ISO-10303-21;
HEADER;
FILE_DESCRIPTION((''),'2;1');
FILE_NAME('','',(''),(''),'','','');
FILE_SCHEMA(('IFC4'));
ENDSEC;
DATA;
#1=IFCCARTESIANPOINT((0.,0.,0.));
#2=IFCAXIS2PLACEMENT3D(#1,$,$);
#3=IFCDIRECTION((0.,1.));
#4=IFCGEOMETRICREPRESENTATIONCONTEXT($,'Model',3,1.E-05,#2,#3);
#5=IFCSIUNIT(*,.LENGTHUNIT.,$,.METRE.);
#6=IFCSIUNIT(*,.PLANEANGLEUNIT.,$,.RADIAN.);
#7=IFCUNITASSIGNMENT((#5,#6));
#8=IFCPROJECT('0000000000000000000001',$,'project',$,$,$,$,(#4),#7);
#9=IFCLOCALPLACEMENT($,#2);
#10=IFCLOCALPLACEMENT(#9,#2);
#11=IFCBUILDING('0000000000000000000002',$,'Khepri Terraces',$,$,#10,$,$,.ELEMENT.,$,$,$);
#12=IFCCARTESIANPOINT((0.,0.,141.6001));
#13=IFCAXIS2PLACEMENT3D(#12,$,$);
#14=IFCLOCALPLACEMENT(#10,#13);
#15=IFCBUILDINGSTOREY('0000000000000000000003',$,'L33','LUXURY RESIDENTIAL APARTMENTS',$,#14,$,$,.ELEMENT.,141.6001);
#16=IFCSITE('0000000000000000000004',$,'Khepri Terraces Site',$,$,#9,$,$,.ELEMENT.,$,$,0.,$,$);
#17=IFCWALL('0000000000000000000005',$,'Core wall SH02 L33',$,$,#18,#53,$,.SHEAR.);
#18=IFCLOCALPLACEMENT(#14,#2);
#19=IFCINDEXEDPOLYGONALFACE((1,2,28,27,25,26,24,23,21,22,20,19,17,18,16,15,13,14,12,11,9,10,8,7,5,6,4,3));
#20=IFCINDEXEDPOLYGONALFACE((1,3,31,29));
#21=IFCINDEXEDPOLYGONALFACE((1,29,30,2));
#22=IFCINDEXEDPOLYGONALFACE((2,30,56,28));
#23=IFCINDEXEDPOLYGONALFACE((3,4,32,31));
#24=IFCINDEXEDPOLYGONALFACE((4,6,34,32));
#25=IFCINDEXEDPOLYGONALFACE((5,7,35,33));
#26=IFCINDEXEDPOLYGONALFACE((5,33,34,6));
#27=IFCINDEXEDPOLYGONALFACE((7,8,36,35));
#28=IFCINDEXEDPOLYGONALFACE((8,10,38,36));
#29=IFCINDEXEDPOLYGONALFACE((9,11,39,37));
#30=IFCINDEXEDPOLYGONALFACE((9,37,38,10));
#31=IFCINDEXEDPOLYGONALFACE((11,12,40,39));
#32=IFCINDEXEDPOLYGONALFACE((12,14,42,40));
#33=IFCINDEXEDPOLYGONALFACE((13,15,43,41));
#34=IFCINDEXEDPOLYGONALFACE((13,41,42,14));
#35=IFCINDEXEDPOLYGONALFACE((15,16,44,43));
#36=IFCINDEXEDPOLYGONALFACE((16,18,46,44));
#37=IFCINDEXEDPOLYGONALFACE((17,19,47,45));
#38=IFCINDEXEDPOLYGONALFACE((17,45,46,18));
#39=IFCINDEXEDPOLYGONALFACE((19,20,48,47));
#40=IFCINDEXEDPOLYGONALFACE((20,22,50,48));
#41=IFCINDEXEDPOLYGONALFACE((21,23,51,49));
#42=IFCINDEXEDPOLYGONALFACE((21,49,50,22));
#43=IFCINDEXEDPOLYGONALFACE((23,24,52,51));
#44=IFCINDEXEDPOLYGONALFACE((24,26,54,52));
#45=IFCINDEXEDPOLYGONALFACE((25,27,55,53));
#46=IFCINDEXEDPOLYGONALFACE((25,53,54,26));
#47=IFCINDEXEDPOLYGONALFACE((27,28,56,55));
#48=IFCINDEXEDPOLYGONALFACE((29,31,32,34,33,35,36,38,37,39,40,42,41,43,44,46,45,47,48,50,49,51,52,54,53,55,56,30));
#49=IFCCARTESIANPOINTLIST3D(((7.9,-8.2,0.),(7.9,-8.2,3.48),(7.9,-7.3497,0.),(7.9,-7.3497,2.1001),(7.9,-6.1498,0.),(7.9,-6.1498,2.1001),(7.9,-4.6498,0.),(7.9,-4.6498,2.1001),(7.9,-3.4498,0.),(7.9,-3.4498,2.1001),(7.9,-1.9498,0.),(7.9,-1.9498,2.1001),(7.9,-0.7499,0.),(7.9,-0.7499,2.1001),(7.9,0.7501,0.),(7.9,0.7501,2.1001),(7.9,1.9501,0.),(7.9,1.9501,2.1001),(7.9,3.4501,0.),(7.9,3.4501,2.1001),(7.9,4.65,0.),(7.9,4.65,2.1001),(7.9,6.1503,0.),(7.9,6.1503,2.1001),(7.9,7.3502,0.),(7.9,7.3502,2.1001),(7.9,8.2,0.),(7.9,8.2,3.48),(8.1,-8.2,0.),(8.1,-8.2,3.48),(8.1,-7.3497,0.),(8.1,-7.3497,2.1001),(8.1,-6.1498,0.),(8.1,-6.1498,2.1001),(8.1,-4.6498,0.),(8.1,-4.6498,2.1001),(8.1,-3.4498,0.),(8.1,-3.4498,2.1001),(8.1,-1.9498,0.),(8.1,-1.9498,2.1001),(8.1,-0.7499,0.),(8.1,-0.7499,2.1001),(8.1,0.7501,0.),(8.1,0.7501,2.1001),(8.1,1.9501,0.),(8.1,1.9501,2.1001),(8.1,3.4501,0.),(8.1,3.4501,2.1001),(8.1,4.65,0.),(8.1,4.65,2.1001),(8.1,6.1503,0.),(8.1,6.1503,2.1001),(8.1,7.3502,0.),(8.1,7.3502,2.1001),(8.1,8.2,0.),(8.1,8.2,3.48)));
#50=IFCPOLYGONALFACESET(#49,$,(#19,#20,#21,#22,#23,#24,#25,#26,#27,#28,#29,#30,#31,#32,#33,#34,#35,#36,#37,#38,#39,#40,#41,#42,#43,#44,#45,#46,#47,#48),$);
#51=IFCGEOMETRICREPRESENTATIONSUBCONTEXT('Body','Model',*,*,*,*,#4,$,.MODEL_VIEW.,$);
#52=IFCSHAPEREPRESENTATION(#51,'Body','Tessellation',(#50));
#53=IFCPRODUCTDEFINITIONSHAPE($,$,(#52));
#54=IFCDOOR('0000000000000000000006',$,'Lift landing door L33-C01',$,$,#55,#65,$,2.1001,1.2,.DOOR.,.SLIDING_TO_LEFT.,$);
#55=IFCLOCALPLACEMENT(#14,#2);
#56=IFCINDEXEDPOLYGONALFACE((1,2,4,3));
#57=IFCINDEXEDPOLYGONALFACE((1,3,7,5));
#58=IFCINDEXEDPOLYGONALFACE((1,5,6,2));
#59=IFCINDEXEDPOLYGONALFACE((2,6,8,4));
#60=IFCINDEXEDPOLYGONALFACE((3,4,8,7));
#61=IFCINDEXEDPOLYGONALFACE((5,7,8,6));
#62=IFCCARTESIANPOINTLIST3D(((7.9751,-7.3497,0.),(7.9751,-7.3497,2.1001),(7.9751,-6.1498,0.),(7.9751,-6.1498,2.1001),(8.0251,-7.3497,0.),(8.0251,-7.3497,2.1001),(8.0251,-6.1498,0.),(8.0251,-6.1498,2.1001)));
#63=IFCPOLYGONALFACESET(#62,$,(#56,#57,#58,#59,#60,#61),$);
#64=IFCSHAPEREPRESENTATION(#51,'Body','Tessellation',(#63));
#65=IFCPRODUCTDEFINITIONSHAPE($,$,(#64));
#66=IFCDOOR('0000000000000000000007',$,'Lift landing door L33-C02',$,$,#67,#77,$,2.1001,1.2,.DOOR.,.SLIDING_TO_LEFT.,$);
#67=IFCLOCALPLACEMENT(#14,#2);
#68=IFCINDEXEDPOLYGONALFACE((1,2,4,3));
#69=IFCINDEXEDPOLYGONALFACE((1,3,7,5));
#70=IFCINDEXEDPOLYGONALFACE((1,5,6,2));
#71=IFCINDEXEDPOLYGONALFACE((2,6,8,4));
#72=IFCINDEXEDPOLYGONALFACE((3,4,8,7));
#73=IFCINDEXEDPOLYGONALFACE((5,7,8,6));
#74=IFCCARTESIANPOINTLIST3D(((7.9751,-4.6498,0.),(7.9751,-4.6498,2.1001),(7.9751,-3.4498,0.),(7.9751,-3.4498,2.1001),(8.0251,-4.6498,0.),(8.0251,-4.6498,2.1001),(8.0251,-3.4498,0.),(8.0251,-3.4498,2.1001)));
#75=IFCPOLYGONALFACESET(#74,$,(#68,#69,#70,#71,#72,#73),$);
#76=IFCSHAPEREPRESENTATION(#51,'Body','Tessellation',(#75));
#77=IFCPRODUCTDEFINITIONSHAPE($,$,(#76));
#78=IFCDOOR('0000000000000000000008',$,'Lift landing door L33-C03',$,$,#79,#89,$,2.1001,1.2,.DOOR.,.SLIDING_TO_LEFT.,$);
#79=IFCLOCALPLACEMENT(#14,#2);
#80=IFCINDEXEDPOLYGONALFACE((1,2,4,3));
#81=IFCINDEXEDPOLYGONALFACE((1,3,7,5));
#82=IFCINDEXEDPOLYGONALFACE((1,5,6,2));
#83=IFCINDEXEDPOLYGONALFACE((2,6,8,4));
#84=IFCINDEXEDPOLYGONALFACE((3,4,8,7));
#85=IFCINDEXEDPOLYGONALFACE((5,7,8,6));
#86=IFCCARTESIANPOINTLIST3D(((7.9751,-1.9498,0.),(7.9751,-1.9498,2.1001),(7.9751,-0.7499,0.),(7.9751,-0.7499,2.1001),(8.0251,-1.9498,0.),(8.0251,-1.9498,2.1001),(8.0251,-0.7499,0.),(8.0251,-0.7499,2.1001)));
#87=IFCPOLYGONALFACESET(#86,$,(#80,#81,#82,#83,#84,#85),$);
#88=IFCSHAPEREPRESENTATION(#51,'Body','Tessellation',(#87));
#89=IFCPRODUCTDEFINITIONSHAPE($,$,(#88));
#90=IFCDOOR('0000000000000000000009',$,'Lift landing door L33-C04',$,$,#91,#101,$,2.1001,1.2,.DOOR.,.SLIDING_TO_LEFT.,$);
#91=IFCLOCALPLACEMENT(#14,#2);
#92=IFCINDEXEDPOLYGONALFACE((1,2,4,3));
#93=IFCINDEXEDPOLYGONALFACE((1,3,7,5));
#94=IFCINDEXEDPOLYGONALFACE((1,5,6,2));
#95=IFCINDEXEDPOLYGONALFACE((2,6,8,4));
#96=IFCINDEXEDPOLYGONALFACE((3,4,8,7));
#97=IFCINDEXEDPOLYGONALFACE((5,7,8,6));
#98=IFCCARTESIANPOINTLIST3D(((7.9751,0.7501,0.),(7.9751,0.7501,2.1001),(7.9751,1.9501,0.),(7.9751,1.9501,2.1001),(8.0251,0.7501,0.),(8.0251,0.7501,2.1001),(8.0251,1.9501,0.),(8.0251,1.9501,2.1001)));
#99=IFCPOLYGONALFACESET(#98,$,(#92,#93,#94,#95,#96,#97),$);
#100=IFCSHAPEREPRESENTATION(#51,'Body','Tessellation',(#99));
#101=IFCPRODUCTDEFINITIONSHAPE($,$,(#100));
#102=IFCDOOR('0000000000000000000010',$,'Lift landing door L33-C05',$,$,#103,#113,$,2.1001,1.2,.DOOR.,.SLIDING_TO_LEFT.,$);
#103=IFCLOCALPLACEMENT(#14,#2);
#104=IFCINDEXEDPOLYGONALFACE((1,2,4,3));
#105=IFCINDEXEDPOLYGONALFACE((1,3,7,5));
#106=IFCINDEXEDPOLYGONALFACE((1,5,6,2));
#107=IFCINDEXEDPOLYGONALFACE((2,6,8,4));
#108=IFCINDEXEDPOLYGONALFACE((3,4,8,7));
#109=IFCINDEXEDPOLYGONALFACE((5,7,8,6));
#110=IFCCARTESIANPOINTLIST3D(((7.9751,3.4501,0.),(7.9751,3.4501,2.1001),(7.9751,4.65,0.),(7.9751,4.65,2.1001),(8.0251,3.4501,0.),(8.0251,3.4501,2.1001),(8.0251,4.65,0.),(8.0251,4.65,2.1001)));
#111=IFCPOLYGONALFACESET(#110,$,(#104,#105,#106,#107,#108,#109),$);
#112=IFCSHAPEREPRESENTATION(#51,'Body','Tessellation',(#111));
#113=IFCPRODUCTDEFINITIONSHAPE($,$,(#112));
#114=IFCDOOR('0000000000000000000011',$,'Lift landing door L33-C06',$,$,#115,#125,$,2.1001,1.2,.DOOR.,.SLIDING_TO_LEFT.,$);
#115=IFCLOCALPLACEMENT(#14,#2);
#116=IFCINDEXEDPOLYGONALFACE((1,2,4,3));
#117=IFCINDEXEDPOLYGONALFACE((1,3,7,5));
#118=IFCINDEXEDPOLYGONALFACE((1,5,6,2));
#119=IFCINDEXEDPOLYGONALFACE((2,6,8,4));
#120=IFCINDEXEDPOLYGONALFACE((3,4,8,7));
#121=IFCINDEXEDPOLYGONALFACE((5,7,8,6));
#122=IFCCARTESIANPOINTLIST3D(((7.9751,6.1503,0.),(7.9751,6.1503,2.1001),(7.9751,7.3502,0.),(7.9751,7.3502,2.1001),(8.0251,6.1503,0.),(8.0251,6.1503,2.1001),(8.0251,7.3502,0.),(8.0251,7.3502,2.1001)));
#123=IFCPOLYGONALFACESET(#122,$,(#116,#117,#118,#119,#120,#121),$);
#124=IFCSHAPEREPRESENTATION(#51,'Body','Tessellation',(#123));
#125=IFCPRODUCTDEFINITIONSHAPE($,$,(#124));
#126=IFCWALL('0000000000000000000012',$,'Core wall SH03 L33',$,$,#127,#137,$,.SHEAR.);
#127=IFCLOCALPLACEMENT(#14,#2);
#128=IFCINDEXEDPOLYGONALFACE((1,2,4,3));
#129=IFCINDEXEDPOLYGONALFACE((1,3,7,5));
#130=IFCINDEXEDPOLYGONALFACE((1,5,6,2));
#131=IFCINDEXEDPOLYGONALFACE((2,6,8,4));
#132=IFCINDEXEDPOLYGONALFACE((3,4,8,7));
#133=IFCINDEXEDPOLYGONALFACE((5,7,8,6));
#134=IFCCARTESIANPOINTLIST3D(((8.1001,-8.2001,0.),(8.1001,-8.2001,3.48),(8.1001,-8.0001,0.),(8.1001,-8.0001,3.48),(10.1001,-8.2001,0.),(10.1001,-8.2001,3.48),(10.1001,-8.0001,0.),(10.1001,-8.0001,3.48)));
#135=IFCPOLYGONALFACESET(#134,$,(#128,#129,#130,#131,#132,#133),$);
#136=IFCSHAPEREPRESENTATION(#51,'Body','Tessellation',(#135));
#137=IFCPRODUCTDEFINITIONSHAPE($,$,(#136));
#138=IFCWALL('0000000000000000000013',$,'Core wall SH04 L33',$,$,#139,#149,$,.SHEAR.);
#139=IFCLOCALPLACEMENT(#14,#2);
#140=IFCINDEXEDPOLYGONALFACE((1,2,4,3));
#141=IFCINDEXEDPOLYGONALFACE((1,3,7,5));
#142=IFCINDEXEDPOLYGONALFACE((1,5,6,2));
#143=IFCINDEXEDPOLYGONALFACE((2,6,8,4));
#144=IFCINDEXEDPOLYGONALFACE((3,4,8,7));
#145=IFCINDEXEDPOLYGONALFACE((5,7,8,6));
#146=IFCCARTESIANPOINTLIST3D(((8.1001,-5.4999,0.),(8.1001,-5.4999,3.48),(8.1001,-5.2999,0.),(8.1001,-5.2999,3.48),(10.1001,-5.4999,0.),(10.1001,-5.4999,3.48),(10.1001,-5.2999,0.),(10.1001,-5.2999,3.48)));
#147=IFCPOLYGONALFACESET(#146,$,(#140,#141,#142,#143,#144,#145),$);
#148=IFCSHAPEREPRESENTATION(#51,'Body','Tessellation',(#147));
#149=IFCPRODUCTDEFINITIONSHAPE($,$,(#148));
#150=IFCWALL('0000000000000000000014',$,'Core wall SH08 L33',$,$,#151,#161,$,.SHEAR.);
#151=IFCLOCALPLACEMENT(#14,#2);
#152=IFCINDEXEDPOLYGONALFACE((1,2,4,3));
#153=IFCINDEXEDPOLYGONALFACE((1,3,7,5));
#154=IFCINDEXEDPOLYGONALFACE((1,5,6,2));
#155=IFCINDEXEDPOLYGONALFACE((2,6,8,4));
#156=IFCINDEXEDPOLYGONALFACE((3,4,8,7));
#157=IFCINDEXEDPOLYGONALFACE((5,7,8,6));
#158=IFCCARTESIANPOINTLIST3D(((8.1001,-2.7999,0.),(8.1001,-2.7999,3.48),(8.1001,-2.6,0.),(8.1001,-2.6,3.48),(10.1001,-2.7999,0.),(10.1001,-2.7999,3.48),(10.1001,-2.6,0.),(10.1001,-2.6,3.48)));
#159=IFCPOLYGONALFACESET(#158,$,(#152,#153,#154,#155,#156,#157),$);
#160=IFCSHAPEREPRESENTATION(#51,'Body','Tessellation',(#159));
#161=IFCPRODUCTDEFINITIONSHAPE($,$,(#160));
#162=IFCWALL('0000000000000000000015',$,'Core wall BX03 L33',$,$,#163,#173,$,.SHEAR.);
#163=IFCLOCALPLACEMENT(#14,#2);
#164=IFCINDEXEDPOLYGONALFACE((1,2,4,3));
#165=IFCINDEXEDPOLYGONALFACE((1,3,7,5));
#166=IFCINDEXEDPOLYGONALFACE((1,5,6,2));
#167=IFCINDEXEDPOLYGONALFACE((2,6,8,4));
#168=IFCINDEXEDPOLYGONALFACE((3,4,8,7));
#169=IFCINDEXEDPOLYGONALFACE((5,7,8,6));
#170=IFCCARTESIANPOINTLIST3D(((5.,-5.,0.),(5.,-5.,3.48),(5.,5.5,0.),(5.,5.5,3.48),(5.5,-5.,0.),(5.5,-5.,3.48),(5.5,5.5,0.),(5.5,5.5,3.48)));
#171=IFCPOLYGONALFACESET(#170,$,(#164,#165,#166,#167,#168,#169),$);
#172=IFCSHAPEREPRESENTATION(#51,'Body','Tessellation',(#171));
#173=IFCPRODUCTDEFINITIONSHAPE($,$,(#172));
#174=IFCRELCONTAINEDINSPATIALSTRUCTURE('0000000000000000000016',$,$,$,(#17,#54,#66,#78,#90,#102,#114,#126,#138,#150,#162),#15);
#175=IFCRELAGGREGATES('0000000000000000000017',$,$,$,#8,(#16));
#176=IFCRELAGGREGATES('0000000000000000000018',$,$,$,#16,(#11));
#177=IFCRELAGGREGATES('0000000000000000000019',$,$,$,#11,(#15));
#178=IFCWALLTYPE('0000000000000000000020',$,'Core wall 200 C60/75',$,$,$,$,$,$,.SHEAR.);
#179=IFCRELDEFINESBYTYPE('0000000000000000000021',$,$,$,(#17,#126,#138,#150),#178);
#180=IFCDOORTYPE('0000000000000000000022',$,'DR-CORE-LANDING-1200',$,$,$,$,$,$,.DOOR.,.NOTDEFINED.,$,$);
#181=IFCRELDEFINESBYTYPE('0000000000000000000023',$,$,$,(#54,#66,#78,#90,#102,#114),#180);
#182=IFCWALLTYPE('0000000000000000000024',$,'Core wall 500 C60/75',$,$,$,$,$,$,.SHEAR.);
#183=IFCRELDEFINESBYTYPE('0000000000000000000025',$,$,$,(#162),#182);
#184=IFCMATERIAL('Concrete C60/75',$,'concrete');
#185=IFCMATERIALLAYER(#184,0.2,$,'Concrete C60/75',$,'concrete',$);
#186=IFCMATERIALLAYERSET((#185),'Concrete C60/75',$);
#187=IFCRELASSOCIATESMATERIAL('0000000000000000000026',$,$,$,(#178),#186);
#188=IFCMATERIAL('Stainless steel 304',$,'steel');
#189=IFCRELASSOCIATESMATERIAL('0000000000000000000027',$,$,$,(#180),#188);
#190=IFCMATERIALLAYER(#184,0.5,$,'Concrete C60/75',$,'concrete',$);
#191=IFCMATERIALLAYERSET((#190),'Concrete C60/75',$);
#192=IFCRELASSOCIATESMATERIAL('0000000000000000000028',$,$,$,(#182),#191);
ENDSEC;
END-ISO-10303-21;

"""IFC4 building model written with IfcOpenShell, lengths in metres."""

from ifc_helpers import new_model, si_unit, direction, frame, frame_2d, origin, place, context, subcontext, project, spatial, rectangle, extrude, material, layer, layer_set, type_object, element, fill, save


model = new_model("IFC4")

# Units and contexts
model_context = context("Model", 3, precision=1e-05, world=origin(), true_north=direction((0.0, 1.0)))
body_context = subcontext(model_context, "Body", "Model", "MODEL_VIEW")
ifc_project = project(units=[si_unit("LENGTHUNIT", "METRE"), si_unit("PLANEANGLEUNIT", "RADIAN")], contexts=[model_context])

# Site, building, storey
site_placement = place(None, origin())
site = spatial("IfcSite", under=ifc_project, at=site_placement, Name="Khepri Terraces Site", CompositionType="ELEMENT", RefElevation=0.0)
building_placement = place(site_placement, origin())
building = spatial("IfcBuilding", under=site, at=building_placement, Name="Khepri Terraces", CompositionType="ELEMENT")
storey_placement = place(building_placement, frame((0.0, 0.0, 141.6001)))
storey = spatial("IfcBuildingStorey", under=building, at=storey_placement, Name="L33", Description="LUXURY RESIDENTIAL APARTMENTS", CompositionType="ELEMENT", Elevation=141.6001)

# Shared definitions
ifc_material_1 = material(Name="Concrete C60/75", Category="concrete")

# Shared definitions
ifc_layer_1 = layer(ifc_material_1, 0.2, Name="Concrete C60/75", Category="concrete")
ifc_layer_set_1 = layer_set([ifc_layer_1], Name="Concrete C60/75")
wall_type_1 = type_object("IfcWallType", Name="Core wall 200 C60/75", PredefinedType="SHEAR", material=ifc_layer_set_1)

# Wall, openings, doors
wall_1_placement = place(storey_placement, frame((8.0, -8.2, 0.0), z_axis=(0.0, 0.0, 1.0), x_axis=(0.0, 1.0, 0.0)))
wall_1 = element("IfcWall", 1, at=wall_1_placement, inside=storey, type_object=wall_type_1, Name="Core wall SH02 L33", PredefinedType="SHEAR", context=body_context, shape_type="SweptSolid", body=[
    extrude(rectangle(XDim=16.3999, YDim=0.2, at=frame_2d((8.2, 0.0))), origin(), (0.0, 0.0, 1.0), 3.48),
])
opening_1_placement = place(wall_1_placement, frame((0.8501, 0.0, 0.0)))
opening_1 = element("IfcOpeningElement", 2, at=opening_1_placement, cuts=wall_1, PredefinedType="OPENING", context=body_context, shape_type="SweptSolid", body=[
    extrude(rectangle(XDim=1.2, YDim=2.1001, at=frame_2d((0.6001, 1.05))), frame((0.0, 0.1099, 0.0), z_axis=(0.0, -1.0, 0.0), x_axis=(1.0, 0.0, 0.0)), (0.0, 0.0, 1.0), 0.22),
])
opening_2_placement = place(wall_1_placement, frame((3.55, 0.0, 0.0)))
opening_2 = element("IfcOpeningElement", 3, at=opening_2_placement, cuts=wall_1, PredefinedType="OPENING", context=body_context, shape_type="SweptSolid", body=[
    extrude(rectangle(XDim=1.2, YDim=2.1001, at=frame_2d((0.6001, 1.05))), frame((0.0, 0.1099, 0.0), z_axis=(0.0, -1.0, 0.0), x_axis=(1.0, 0.0, 0.0)), (0.0, 0.0, 1.0), 0.22),
])
opening_3_placement = place(wall_1_placement, frame((6.25, 0.0, 0.0)))
opening_3 = element("IfcOpeningElement", 4, at=opening_3_placement, cuts=wall_1, PredefinedType="OPENING", context=body_context, shape_type="SweptSolid", body=[
    extrude(rectangle(XDim=1.2, YDim=2.1001, at=frame_2d((0.6001, 1.05))), frame((0.0, 0.1099, 0.0), z_axis=(0.0, -1.0, 0.0), x_axis=(1.0, 0.0, 0.0)), (0.0, 0.0, 1.0), 0.22),
])
opening_4_placement = place(wall_1_placement, frame((8.95, 0.0, 0.0)))
opening_4 = element("IfcOpeningElement", 5, at=opening_4_placement, cuts=wall_1, PredefinedType="OPENING", context=body_context, shape_type="SweptSolid", body=[
    extrude(rectangle(XDim=1.2, YDim=2.1001, at=frame_2d((0.6001, 1.05))), frame((0.0, 0.1099, 0.0), z_axis=(0.0, -1.0, 0.0), x_axis=(1.0, 0.0, 0.0)), (0.0, 0.0, 1.0), 0.22),
])
opening_5_placement = place(wall_1_placement, frame((11.6499, 0.0, 0.0)))
opening_5 = element("IfcOpeningElement", 6, at=opening_5_placement, cuts=wall_1, PredefinedType="OPENING", context=body_context, shape_type="SweptSolid", body=[
    extrude(rectangle(XDim=1.2, YDim=2.1001, at=frame_2d((0.6001, 1.05))), frame((0.0, 0.1099, 0.0), z_axis=(0.0, -1.0, 0.0), x_axis=(1.0, 0.0, 0.0)), (0.0, 0.0, 1.0), 0.22),
])
opening_6_placement = place(wall_1_placement, frame((14.3501, 0.0, 0.0)))
opening_6 = element("IfcOpeningElement", 7, at=opening_6_placement, cuts=wall_1, PredefinedType="OPENING", context=body_context, shape_type="SweptSolid", body=[
    extrude(rectangle(XDim=1.2, YDim=2.1001, at=frame_2d((0.6001, 1.05))), frame((0.0, 0.1099, 0.0), z_axis=(0.0, -1.0, 0.0), x_axis=(1.0, 0.0, 0.0)), (0.0, 0.0, 1.0), 0.22),
])
ifc_material_2 = material(Name="Stainless steel 304", Category="steel")
door_type_1 = type_object("IfcDoorType", Name="DR-CORE-LANDING-1200", OperationType="NOTDEFINED", PredefinedType="DOOR", material=ifc_material_2)
door_1_placement = place(opening_1_placement, origin())
door_1 = element("IfcDoor", 8, at=door_1_placement, inside=storey, type_object=door_type_1, Name="Lift landing door L33-C01", OperationType="SLIDING_TO_LEFT", OverallHeight=2.1001, OverallWidth=1.2, PredefinedType="DOOR", context=body_context, shape_type="SweptSolid", body=[
    extrude(rectangle(XDim=1.2, YDim=2.1001, at=frame_2d((0.6001, 1.05))), frame((0.0, 0.0249, 0.0), z_axis=(0.0, -1.0, 0.0), x_axis=(1.0, 0.0, 0.0)), (0.0, 0.0, 1.0), 0.05),
])
fill(opening_1, door_1)
door_2_placement = place(opening_2_placement, origin())
door_2 = element("IfcDoor", 9, at=door_2_placement, inside=storey, type_object=door_type_1, Name="Lift landing door L33-C02", OperationType="SLIDING_TO_LEFT", OverallHeight=2.1001, OverallWidth=1.2, PredefinedType="DOOR", context=body_context, shape_type="SweptSolid", body=[
    extrude(rectangle(XDim=1.2, YDim=2.1001, at=frame_2d((0.6001, 1.05))), frame((0.0, 0.0249, 0.0), z_axis=(0.0, -1.0, 0.0), x_axis=(1.0, 0.0, 0.0)), (0.0, 0.0, 1.0), 0.05),
])
fill(opening_2, door_2)
door_3_placement = place(opening_3_placement, origin())
door_3 = element("IfcDoor", 10, at=door_3_placement, inside=storey, type_object=door_type_1, Name="Lift landing door L33-C03", OperationType="SLIDING_TO_LEFT", OverallHeight=2.1001, OverallWidth=1.2, PredefinedType="DOOR", context=body_context, shape_type="SweptSolid", body=[
    extrude(rectangle(XDim=1.2, YDim=2.1001, at=frame_2d((0.6001, 1.05))), frame((0.0, 0.0249, 0.0), z_axis=(0.0, -1.0, 0.0), x_axis=(1.0, 0.0, 0.0)), (0.0, 0.0, 1.0), 0.05),
])
fill(opening_3, door_3)
door_4_placement = place(opening_4_placement, origin())
door_4 = element("IfcDoor", 11, at=door_4_placement, inside=storey, type_object=door_type_1, Name="Lift landing door L33-C04", OperationType="SLIDING_TO_LEFT", OverallHeight=2.1001, OverallWidth=1.2, PredefinedType="DOOR", context=body_context, shape_type="SweptSolid", body=[
    extrude(rectangle(XDim=1.2, YDim=2.1001, at=frame_2d((0.6001, 1.05))), frame((0.0, 0.0249, 0.0), z_axis=(0.0, -1.0, 0.0), x_axis=(1.0, 0.0, 0.0)), (0.0, 0.0, 1.0), 0.05),
])
fill(opening_4, door_4)
door_5_placement = place(opening_5_placement, origin())
door_5 = element("IfcDoor", 12, at=door_5_placement, inside=storey, type_object=door_type_1, Name="Lift landing door L33-C05", OperationType="SLIDING_TO_LEFT", OverallHeight=2.1001, OverallWidth=1.2, PredefinedType="DOOR", context=body_context, shape_type="SweptSolid", body=[
    extrude(rectangle(XDim=1.2, YDim=2.1001, at=frame_2d((0.6001, 1.05))), frame((0.0, 0.0249, 0.0), z_axis=(0.0, -1.0, 0.0), x_axis=(1.0, 0.0, 0.0)), (0.0, 0.0, 1.0), 0.05),
])
fill(opening_5, door_5)
door_6_placement = place(opening_6_placement, origin())
door_6 = element("IfcDoor", 13, at=door_6_placement, inside=storey, type_object=door_type_1, Name="Lift landing door L33-C06", OperationType="SLIDING_TO_LEFT", OverallHeight=2.1001, OverallWidth=1.2, PredefinedType="DOOR", context=body_context, shape_type="SweptSolid", body=[
    extrude(rectangle(XDim=1.2, YDim=2.1001, at=frame_2d((0.6001, 1.05))), frame((0.0, 0.0249, 0.0), z_axis=(0.0, -1.0, 0.0), x_axis=(1.0, 0.0, 0.0)), (0.0, 0.0, 1.0), 0.05),
])
fill(opening_6, door_6)

# Walls
for number, where, z_axis, x_axis, name in (
    (14, (8.1001, -8.1001, 0.0), (0.0, 0.0, 1.0), (1.0, 0.0, 0.0), "Core wall SH03 L33"),
    (15, (8.1001, -5.3999, 0.0), (0.0, 0.0, 1.0), (1.0, 0.0, 0.0), "Core wall SH04 L33"),
    (16, (8.1001, -2.7, 0.0), (0.0, 0.0, 1.0), (1.0, 0.0, 0.0), "Core wall SH08 L33"),
):
    element("IfcWall", number, at=place(storey_placement, frame(where, z_axis=z_axis, x_axis=x_axis)), inside=storey, type_object=wall_type_1, Name=name, PredefinedType="SHEAR", context=body_context, shape_type="SweptSolid", body=[
        extrude(rectangle(XDim=2.0, YDim=0.2, at=frame_2d((1.0, 0.0))), origin(), (0.0, 0.0, 1.0), 3.48),
    ])
ifc_layer_2 = layer(ifc_material_1, 0.5, Name="Concrete C60/75", Category="concrete")
ifc_layer_set_2 = layer_set([ifc_layer_2], Name="Concrete C60/75")
wall_type_2 = type_object("IfcWallType", Name="Core wall 500 C60/75", PredefinedType="SHEAR", material=ifc_layer_set_2)
wall_2_placement = place(storey_placement, frame((5.25, -5.0, 0.0), z_axis=(0.0, 0.0, 1.0), x_axis=(0.0, 1.0, 0.0)))
element("IfcWall", 17, at=wall_2_placement, inside=storey, type_object=wall_type_2, Name="Core wall BX03 L33", PredefinedType="SHEAR", context=body_context, shape_type="SweptSolid", body=[
    extrude(rectangle(XDim=10.5, YDim=0.5, at=frame_2d((5.25, 0.0))), origin(), (0.0, 0.0, 1.0), 3.48),
])

save(model, "model.ifc")
